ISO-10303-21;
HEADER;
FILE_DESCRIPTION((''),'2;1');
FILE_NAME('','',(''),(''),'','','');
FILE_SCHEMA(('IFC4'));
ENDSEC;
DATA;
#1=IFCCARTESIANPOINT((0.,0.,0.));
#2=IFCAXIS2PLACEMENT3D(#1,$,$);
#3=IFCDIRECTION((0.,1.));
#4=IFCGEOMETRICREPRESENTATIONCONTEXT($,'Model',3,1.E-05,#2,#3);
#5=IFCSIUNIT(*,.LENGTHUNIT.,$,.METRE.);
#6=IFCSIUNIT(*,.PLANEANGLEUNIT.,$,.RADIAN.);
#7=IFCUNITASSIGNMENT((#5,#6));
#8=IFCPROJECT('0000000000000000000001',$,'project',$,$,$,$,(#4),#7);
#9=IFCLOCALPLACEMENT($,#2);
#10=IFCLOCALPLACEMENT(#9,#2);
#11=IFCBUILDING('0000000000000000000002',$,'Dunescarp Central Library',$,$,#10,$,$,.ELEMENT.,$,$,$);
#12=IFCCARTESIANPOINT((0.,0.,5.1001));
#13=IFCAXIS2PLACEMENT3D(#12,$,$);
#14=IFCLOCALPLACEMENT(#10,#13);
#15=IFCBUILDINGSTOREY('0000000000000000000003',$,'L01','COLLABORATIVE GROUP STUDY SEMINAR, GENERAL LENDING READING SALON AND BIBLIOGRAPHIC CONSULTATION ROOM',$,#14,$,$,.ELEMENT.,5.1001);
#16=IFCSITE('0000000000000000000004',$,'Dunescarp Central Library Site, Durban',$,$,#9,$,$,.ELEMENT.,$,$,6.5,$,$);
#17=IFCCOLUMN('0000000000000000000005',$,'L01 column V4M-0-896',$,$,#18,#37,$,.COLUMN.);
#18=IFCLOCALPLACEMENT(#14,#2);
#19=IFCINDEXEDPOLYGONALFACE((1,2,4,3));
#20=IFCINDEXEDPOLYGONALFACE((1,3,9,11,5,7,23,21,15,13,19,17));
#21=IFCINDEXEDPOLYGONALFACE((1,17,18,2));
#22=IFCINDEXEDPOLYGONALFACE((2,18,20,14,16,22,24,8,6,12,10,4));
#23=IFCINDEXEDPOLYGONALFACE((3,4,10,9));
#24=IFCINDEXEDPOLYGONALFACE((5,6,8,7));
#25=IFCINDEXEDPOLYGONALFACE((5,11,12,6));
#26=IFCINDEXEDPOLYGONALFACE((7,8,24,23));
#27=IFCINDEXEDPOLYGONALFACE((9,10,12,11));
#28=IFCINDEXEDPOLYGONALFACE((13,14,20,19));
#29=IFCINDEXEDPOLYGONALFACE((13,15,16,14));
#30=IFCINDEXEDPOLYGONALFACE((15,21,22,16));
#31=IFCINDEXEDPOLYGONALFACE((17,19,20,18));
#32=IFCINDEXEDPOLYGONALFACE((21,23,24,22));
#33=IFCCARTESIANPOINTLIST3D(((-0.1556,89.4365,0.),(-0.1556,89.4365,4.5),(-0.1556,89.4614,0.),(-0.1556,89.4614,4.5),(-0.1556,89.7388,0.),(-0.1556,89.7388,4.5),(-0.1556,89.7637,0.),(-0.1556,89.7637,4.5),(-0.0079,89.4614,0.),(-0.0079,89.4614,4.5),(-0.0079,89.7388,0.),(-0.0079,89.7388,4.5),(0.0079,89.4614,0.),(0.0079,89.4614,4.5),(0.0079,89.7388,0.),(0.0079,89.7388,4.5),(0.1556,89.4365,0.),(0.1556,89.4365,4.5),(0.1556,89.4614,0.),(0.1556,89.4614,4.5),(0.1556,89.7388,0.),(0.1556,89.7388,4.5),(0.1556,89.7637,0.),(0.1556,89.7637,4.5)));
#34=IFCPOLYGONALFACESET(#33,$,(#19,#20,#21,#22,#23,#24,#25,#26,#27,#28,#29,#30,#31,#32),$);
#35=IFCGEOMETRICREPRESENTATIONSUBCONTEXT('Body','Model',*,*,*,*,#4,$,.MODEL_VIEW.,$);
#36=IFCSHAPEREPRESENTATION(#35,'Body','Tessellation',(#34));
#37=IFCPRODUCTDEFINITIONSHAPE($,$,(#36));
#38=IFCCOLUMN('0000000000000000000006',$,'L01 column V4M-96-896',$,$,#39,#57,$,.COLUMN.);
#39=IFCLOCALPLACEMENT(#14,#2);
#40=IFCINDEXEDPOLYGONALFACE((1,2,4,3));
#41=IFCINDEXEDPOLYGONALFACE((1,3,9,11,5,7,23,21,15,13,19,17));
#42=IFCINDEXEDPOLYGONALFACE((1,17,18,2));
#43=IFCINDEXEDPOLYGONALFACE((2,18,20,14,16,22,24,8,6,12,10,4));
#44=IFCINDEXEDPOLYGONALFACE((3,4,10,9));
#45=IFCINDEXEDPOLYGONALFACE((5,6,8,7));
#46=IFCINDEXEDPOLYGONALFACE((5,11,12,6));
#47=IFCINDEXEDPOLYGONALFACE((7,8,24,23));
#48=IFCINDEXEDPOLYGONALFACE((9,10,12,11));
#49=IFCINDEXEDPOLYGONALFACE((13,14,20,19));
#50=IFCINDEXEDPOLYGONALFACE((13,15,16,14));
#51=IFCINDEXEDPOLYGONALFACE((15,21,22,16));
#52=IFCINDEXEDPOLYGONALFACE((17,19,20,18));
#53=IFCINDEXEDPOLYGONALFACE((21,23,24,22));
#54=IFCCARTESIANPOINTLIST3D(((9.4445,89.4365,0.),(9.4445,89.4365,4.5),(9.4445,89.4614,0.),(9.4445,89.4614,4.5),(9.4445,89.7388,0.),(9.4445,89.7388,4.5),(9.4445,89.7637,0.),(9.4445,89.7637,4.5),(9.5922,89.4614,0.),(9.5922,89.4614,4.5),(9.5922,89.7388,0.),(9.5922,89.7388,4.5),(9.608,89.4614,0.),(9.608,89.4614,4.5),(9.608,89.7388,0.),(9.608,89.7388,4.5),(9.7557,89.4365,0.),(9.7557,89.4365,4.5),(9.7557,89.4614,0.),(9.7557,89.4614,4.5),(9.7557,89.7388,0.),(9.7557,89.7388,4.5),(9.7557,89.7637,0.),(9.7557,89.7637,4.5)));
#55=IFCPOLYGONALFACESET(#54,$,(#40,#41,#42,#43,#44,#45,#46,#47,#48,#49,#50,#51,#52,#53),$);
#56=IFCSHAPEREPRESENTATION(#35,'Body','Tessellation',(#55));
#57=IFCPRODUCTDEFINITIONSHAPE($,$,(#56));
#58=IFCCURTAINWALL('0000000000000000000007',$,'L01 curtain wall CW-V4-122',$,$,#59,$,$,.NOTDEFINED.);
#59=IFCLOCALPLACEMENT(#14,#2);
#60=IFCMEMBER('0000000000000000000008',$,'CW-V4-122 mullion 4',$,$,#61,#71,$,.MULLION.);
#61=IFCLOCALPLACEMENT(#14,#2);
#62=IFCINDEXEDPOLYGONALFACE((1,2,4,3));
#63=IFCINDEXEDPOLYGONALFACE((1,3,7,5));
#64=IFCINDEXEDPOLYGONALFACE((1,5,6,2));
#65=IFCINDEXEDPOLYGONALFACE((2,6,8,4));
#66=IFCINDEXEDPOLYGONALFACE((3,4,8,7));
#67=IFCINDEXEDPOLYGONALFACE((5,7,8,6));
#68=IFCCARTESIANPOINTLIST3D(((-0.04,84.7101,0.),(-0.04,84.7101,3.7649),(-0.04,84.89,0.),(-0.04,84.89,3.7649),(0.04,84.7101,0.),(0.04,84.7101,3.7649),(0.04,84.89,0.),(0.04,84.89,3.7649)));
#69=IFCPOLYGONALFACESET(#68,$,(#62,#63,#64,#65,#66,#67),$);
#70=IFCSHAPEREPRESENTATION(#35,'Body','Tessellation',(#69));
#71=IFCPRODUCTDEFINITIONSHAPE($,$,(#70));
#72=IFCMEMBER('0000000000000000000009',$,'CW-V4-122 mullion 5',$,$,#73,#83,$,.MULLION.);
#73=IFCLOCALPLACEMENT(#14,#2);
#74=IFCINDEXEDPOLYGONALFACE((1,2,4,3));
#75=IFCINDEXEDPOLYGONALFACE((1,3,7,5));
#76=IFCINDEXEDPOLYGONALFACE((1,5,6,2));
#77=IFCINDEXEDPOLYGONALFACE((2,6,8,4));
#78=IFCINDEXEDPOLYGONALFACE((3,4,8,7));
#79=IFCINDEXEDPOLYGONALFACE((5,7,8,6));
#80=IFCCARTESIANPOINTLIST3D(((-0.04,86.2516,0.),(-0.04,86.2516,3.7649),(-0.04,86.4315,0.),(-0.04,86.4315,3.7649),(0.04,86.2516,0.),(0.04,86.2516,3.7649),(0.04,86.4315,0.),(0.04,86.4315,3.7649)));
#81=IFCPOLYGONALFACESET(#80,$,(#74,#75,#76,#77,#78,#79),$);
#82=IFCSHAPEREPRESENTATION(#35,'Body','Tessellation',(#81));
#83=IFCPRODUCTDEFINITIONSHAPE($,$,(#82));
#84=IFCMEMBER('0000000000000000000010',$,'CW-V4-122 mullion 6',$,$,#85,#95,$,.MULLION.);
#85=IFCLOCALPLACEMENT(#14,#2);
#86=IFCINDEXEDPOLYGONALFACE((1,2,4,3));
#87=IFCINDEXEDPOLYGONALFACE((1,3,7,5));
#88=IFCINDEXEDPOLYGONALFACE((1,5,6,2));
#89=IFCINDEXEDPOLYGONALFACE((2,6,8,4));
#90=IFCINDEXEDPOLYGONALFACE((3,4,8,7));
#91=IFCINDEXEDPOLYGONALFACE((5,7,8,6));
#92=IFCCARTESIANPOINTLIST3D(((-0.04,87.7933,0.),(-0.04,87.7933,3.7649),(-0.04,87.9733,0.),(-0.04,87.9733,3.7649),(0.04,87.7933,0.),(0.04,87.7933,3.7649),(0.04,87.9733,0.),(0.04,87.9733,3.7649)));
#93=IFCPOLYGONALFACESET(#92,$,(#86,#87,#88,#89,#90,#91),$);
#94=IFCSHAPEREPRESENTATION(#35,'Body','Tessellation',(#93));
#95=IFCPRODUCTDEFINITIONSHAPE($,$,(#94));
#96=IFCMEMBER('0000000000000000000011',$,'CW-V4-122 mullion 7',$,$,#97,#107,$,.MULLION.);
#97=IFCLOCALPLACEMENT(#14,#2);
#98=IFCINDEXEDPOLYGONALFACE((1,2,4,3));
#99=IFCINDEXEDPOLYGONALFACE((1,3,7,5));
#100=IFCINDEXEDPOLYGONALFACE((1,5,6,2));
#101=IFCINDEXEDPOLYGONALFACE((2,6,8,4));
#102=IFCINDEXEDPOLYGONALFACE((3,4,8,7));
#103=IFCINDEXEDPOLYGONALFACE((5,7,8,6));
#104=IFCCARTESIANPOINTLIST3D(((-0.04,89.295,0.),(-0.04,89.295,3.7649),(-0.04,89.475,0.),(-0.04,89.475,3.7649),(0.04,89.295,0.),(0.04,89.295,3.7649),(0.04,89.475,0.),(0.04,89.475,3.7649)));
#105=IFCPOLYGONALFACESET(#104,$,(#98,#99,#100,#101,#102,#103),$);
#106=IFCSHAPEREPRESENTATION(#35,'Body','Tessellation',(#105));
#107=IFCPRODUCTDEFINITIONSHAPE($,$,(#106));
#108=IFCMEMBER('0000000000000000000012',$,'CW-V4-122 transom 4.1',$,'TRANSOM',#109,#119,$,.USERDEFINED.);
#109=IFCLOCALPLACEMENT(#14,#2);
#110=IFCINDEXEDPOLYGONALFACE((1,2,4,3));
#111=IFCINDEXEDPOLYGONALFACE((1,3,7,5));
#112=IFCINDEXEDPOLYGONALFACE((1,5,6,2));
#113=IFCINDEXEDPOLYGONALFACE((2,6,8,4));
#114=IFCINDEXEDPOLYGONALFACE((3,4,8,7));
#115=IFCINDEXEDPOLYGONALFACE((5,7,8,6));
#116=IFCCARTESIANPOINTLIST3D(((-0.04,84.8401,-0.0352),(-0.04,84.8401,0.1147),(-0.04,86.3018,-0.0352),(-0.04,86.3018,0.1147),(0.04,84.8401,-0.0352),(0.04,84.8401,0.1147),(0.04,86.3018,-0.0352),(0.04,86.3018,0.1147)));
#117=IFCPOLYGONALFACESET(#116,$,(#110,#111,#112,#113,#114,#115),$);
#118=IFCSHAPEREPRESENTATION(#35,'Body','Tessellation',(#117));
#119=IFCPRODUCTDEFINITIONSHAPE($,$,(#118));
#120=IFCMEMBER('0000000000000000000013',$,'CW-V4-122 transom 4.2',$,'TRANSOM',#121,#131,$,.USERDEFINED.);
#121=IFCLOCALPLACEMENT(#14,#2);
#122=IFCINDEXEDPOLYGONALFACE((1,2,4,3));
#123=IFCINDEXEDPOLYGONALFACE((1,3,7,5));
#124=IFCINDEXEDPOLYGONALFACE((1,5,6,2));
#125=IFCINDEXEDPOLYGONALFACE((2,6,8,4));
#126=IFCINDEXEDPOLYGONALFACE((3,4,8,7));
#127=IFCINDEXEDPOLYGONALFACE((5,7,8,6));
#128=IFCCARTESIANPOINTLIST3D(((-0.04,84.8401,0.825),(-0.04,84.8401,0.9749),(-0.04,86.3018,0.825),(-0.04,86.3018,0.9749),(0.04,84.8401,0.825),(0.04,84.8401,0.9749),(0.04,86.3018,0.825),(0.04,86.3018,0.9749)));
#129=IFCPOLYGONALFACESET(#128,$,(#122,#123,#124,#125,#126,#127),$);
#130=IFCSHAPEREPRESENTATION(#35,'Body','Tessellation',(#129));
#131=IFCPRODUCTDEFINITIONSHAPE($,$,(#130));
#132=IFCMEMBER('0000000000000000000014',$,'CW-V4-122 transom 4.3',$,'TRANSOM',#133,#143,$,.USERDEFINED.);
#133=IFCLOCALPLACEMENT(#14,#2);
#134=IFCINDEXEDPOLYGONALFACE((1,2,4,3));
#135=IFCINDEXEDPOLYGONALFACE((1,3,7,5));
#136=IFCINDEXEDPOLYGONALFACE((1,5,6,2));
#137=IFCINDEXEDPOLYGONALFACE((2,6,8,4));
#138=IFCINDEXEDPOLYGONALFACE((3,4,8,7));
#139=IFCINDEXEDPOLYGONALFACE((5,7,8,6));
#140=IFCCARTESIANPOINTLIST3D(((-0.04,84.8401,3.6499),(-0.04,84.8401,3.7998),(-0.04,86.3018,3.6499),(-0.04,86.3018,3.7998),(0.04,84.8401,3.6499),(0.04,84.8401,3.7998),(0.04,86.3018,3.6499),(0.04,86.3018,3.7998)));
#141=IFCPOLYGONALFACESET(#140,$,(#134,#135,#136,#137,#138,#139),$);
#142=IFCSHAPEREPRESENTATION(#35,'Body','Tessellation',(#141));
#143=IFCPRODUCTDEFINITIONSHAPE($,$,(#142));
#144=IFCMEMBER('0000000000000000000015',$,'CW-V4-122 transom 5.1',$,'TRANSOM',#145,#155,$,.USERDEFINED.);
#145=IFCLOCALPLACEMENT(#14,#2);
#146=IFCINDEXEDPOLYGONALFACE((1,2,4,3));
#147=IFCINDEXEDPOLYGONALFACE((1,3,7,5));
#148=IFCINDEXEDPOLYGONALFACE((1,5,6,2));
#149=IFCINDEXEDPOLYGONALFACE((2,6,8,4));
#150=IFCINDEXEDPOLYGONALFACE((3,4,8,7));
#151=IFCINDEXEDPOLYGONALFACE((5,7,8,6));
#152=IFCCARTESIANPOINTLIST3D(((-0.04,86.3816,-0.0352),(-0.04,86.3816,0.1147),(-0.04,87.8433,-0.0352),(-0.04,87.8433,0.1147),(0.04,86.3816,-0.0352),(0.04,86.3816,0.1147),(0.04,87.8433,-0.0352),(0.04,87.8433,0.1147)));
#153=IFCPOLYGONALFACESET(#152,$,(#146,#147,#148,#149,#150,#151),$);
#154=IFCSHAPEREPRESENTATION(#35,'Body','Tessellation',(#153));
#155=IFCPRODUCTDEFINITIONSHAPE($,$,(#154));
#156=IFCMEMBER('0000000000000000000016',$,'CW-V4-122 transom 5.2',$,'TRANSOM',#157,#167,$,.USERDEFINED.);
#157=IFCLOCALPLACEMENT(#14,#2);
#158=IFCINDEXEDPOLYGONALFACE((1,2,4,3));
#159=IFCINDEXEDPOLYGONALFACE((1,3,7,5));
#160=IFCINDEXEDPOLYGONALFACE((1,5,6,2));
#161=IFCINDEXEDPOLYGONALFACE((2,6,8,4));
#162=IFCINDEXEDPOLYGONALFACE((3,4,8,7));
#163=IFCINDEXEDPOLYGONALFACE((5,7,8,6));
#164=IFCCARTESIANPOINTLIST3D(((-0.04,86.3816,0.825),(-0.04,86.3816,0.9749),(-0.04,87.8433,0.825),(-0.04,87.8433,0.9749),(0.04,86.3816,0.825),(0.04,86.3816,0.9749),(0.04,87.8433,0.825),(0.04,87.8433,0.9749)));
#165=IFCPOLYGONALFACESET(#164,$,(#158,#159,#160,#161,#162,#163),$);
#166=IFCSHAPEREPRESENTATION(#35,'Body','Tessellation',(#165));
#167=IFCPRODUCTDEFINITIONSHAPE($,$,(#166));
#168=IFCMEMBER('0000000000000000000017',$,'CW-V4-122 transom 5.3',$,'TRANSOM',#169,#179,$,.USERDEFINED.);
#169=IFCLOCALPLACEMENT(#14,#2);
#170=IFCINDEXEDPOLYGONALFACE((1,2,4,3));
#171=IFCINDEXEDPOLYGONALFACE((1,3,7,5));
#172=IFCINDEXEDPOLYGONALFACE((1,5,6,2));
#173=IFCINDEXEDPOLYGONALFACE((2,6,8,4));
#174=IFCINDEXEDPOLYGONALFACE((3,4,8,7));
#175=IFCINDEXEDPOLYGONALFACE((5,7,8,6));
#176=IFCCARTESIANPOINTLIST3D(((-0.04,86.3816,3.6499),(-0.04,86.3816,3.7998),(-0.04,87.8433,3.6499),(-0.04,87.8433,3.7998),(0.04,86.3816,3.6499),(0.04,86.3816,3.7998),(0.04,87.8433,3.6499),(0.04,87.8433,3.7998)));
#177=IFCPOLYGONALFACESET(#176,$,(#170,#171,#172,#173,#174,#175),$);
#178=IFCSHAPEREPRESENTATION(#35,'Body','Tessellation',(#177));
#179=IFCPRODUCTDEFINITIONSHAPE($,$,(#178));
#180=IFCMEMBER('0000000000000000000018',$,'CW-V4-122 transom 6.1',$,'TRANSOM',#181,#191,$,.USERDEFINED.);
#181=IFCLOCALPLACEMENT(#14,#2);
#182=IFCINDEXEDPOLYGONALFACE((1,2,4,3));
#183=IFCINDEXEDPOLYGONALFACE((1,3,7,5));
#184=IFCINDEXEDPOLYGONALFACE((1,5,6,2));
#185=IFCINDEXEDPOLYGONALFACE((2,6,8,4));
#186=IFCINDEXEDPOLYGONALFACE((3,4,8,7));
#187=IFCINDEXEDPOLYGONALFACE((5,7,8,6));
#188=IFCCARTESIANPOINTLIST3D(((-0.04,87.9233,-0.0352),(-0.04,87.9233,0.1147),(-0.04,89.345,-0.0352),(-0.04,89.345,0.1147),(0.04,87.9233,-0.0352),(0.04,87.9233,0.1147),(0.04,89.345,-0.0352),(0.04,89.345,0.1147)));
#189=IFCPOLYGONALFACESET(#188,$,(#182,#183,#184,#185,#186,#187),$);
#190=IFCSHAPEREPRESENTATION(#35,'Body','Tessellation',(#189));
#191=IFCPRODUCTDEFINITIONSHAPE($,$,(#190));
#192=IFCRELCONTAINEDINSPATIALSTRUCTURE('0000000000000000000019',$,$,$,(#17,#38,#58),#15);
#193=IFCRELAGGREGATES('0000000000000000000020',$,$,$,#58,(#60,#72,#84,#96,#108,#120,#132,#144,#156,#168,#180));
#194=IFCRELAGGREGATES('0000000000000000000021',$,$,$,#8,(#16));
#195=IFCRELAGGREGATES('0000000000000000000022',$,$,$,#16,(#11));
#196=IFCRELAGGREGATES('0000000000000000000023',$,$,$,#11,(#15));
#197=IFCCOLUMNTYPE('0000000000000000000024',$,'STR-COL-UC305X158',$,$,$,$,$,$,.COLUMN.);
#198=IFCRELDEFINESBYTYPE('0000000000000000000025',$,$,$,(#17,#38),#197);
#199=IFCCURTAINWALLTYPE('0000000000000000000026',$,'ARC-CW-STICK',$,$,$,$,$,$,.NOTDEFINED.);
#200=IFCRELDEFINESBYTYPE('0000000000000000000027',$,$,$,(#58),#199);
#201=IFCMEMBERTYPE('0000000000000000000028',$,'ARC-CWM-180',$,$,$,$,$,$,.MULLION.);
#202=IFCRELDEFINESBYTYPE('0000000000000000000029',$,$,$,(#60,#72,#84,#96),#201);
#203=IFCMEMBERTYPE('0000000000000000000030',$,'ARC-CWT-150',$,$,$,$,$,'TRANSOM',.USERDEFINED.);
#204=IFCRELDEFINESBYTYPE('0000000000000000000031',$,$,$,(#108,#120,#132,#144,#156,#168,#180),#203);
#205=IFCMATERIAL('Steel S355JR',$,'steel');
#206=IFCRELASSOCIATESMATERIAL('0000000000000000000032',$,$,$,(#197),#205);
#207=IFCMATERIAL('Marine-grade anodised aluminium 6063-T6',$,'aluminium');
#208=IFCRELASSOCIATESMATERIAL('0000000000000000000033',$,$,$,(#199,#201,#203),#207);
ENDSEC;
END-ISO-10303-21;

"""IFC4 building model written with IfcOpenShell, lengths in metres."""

from ifc_helpers import new_model, si_unit, direction, frame, origin, origin_2d, place, context, subcontext, project, spatial, rectangle, i_section, extrude, material, material_profile, profile_set, type_object, element, aggregate, save


model = new_model("IFC4")

# Units and contexts
model_context = context("Model", 3, precision=1e-05, world=origin(), true_north=direction((0.0, 1.0)))
body_context = subcontext(model_context, "Body", "Model", "MODEL_VIEW")
ifc_project = project(units=[si_unit("LENGTHUNIT", "METRE"), si_unit("PLANEANGLEUNIT", "RADIAN")], contexts=[model_context])

# Site, building, storey
site_placement = place(None, origin())
site = spatial("IfcSite", under=ifc_project, at=site_placement, Name="Dunescarp Central Library Site, Durban", CompositionType="ELEMENT", RefElevation=6.5)
building_placement = place(site_placement, origin())
building = spatial("IfcBuilding", under=site, at=building_placement, Name="Dunescarp Central Library", CompositionType="ELEMENT")
storey_placement = place(building_placement, frame((0.0, 0.0, 5.1001)))
storey = spatial("IfcBuildingStorey", under=building, at=storey_placement, Name="L01", Description="COLLABORATIVE GROUP STUDY SEMINAR, GENERAL LENDING READING SALON AND BIBLIOGRAPHIC CONSULTATION ROOM", CompositionType="ELEMENT", Elevation=5.1001)

# Columns
ifc_material_1 = material(Name="Steel S355JR", Category="steel")
ifc_material_profile_1 = material_profile(ifc_material_1, i_section(OverallWidth=0.3113, OverallDepth=0.3271, WebThickness=0.0159, FlangeThickness=0.0249, at=origin_2d()), Name="UC 305x305x158")
ifc_profile_set_1 = profile_set([ifc_material_profile_1], Name="Steel S355JR")
column_type = type_object("IfcColumnType", Name="STR-COL-UC305X158", PredefinedType="COLUMN", material=ifc_profile_set_1)
for number, where, z_axis, x_axis, name in (
    (1, (0.0, 89.6001, 0.0), (0.0, 0.0, 1.0), (1.0, 0.0, 0.0), "L01 column V4M-0-896"),
    (2, (9.6001, 89.6001, 0.0), (0.0, 0.0, 1.0), (1.0, 0.0, 0.0), "L01 column V4M-96-896"),
):
    element("IfcColumn", number, at=place(storey_placement, frame(where, z_axis=z_axis, x_axis=x_axis)), inside=storey, type_object=column_type, Name=name, PredefinedType="COLUMN", context=body_context, shape_type="SweptSolid", body=[
        extrude(i_section(OverallWidth=0.3113, OverallDepth=0.3271, WebThickness=0.0159, FlangeThickness=0.0249, at=origin_2d()), origin(), (0.0, 0.0, 1.0), 4.5),
    ])

# Curtain wall, members
ifc_material_2 = material(Name="Marine-grade anodised aluminium 6063-T6", Category="aluminium")
curtain_wall_type = type_object("IfcCurtainWallType", Name="ARC-CW-STICK", PredefinedType="NOTDEFINED", material=ifc_material_2)
curtain_wall_placement = place(storey_placement, origin())
curtain_wall = element("IfcCurtainWall", 3, at=curtain_wall_placement, inside=storey, type_object=curtain_wall_type, Name="L01 curtain wall CW-V4-122", PredefinedType="NOTDEFINED")
ifc_material_profile_2 = material_profile(ifc_material_2, rectangle(XDim=0.0801, YDim=0.1799, at=origin_2d()), Name="AL 80x180")
ifc_profile_set_2 = profile_set([ifc_material_profile_2], Name="Marine-grade anodised aluminium 6063-T6")
member_type_1 = type_object("IfcMemberType", Name="ARC-CWM-180", PredefinedType="MULLION", material=ifc_profile_set_2)
member_1_placement = place(storey_placement, frame((0.0, 84.8, 0.0), z_axis=(0.0, 0.0, 1.0), x_axis=(-1.0, 0.0, 0.0)))
member_1 = element("IfcMember", 4, at=member_1_placement, type_object=member_type_1, Name="CW-V4-122 mullion 4", PredefinedType="MULLION", context=body_context, shape_type="SweptSolid", body=[
    extrude(rectangle(XDim=0.0801, YDim=0.1799, at=origin_2d()), origin(), (0.0, 0.0, 1.0), 3.7649),
])
member_2_placement = place(storey_placement, frame((0.0, 86.3416, 0.0), z_axis=(0.0, 0.0, 1.0), x_axis=(-1.0, 0.0, 0.0)))
member_2 = element("IfcMember", 5, at=member_2_placement, type_object=member_type_1, Name="CW-V4-122 mullion 5", PredefinedType="MULLION", context=body_context, shape_type="SweptSolid", body=[
    extrude(rectangle(XDim=0.0801, YDim=0.1799, at=origin_2d()), origin(), (0.0, 0.0, 1.0), 3.7649),
])
member_3_placement = place(storey_placement, frame((0.0, 87.8833, 0.0), z_axis=(0.0, 0.0, 1.0), x_axis=(-1.0, 0.0, 0.0)))
member_3 = element("IfcMember", 6, at=member_3_placement, type_object=member_type_1, Name="CW-V4-122 mullion 6", PredefinedType="MULLION", context=body_context, shape_type="SweptSolid", body=[
    extrude(rectangle(XDim=0.0801, YDim=0.1799, at=origin_2d()), origin(), (0.0, 0.0, 1.0), 3.7649),
])
member_4_placement = place(storey_placement, frame((0.0, 89.385, 0.0), z_axis=(0.0, 0.0, 1.0), x_axis=(-1.0, 0.0, 0.0)))
member_4 = element("IfcMember", 7, at=member_4_placement, type_object=member_type_1, Name="CW-V4-122 mullion 7", PredefinedType="MULLION", context=body_context, shape_type="SweptSolid", body=[
    extrude(rectangle(XDim=0.0801, YDim=0.1799, at=origin_2d()), origin(), (0.0, 0.0, 1.0), 3.7649),
])
ifc_material_profile_3 = material_profile(ifc_material_2, rectangle(XDim=0.0801, YDim=0.1499, at=origin_2d()), Name="AL 80x150")
ifc_profile_set_3 = profile_set([ifc_material_profile_3], Name="Marine-grade anodised aluminium 6063-T6")
member_type_2 = type_object("IfcMemberType", Name="ARC-CWT-150", ElementType="TRANSOM", PredefinedType="USERDEFINED", material=ifc_profile_set_3)
member_5_placement = place(storey_placement, frame((0.0, 84.8401, 0.0398), z_axis=(0.0, 1.0, 0.0), x_axis=(-1.0, 0.0, 0.0)))
member_5 = element("IfcMember", 8, at=member_5_placement, type_object=member_type_2, Name="CW-V4-122 transom 4.1", ObjectType="TRANSOM", PredefinedType="USERDEFINED", context=body_context, shape_type="SweptSolid", body=[
    extrude(rectangle(XDim=0.0801, YDim=0.1499, at=origin_2d()), origin(), (0.0, 0.0, 1.0), 1.4617),
])
member_6_placement = place(storey_placement, frame((0.0, 84.8401, 0.8999), z_axis=(0.0, 1.0, 0.0), x_axis=(-1.0, 0.0, 0.0)))
member_6 = element("IfcMember", 9, at=member_6_placement, type_object=member_type_2, Name="CW-V4-122 transom 4.2", ObjectType="TRANSOM", PredefinedType="USERDEFINED", context=body_context, shape_type="SweptSolid", body=[
    extrude(rectangle(XDim=0.0801, YDim=0.1499, at=origin_2d()), origin(), (0.0, 0.0, 1.0), 1.4617),
])
member_7_placement = place(storey_placement, frame((0.0, 84.8401, 3.7249), z_axis=(0.0, 1.0, 0.0), x_axis=(-1.0, 0.0, 0.0)))
member_7 = element("IfcMember", 10, at=member_7_placement, type_object=member_type_2, Name="CW-V4-122 transom 4.3", ObjectType="TRANSOM", PredefinedType="USERDEFINED", context=body_context, shape_type="SweptSolid", body=[
    extrude(rectangle(XDim=0.0801, YDim=0.1499, at=origin_2d()), origin(), (0.0, 0.0, 1.0), 1.4617),
])
member_8_placement = place(storey_placement, frame((0.0, 86.3816, 0.0398), z_axis=(0.0, 1.0, 0.0), x_axis=(-1.0, 0.0, 0.0)))
member_8 = element("IfcMember", 11, at=member_8_placement, type_object=member_type_2, Name="CW-V4-122 transom 5.1", ObjectType="TRANSOM", PredefinedType="USERDEFINED", context=body_context, shape_type="SweptSolid", body=[
    extrude(rectangle(XDim=0.0801, YDim=0.1499, at=origin_2d()), origin(), (0.0, 0.0, 1.0), 1.4617),
])
member_9_placement = place(storey_placement, frame((0.0, 86.3816, 0.8999), z_axis=(0.0, 1.0, 0.0), x_axis=(-1.0, 0.0, 0.0)))
member_9 = element("IfcMember", 12, at=member_9_placement, type_object=member_type_2, Name="CW-V4-122 transom 5.2", ObjectType="TRANSOM", PredefinedType="USERDEFINED", context=body_context, shape_type="SweptSolid", body=[
    extrude(rectangle(XDim=0.0801, YDim=0.1499, at=origin_2d()), origin(), (0.0, 0.0, 1.0), 1.4617),
])
member_10_placement = place(storey_placement, frame((0.0, 86.3816, 3.7249), z_axis=(0.0, 1.0, 0.0), x_axis=(-1.0, 0.0, 0.0)))
member_10 = element("IfcMember", 13, at=member_10_placement, type_object=member_type_2, Name="CW-V4-122 transom 5.3", ObjectType="TRANSOM", PredefinedType="USERDEFINED", context=body_context, shape_type="SweptSolid", body=[
    extrude(rectangle(XDim=0.0801, YDim=0.1499, at=origin_2d()), origin(), (0.0, 0.0, 1.0), 1.4617),
])
member_11_placement = place(storey_placement, frame((0.0, 87.9233, 0.0398), z_axis=(0.0, 1.0, 0.0), x_axis=(-1.0, 0.0, 0.0)))
member_11 = element("IfcMember", 14, at=member_11_placement, type_object=member_type_2, Name="CW-V4-122 transom 6.1", ObjectType="TRANSOM", PredefinedType="USERDEFINED", context=body_context, shape_type="SweptSolid", body=[
    extrude(rectangle(XDim=0.0801, YDim=0.1499, at=origin_2d()), origin(), (0.0, 0.0, 1.0), 1.4216),
])

aggregate(curtain_wall, [member_1, member_2, member_3, member_4, member_5, member_6, member_7, member_8, member_9, member_10, member_11])

save(model, "model.ifc")
